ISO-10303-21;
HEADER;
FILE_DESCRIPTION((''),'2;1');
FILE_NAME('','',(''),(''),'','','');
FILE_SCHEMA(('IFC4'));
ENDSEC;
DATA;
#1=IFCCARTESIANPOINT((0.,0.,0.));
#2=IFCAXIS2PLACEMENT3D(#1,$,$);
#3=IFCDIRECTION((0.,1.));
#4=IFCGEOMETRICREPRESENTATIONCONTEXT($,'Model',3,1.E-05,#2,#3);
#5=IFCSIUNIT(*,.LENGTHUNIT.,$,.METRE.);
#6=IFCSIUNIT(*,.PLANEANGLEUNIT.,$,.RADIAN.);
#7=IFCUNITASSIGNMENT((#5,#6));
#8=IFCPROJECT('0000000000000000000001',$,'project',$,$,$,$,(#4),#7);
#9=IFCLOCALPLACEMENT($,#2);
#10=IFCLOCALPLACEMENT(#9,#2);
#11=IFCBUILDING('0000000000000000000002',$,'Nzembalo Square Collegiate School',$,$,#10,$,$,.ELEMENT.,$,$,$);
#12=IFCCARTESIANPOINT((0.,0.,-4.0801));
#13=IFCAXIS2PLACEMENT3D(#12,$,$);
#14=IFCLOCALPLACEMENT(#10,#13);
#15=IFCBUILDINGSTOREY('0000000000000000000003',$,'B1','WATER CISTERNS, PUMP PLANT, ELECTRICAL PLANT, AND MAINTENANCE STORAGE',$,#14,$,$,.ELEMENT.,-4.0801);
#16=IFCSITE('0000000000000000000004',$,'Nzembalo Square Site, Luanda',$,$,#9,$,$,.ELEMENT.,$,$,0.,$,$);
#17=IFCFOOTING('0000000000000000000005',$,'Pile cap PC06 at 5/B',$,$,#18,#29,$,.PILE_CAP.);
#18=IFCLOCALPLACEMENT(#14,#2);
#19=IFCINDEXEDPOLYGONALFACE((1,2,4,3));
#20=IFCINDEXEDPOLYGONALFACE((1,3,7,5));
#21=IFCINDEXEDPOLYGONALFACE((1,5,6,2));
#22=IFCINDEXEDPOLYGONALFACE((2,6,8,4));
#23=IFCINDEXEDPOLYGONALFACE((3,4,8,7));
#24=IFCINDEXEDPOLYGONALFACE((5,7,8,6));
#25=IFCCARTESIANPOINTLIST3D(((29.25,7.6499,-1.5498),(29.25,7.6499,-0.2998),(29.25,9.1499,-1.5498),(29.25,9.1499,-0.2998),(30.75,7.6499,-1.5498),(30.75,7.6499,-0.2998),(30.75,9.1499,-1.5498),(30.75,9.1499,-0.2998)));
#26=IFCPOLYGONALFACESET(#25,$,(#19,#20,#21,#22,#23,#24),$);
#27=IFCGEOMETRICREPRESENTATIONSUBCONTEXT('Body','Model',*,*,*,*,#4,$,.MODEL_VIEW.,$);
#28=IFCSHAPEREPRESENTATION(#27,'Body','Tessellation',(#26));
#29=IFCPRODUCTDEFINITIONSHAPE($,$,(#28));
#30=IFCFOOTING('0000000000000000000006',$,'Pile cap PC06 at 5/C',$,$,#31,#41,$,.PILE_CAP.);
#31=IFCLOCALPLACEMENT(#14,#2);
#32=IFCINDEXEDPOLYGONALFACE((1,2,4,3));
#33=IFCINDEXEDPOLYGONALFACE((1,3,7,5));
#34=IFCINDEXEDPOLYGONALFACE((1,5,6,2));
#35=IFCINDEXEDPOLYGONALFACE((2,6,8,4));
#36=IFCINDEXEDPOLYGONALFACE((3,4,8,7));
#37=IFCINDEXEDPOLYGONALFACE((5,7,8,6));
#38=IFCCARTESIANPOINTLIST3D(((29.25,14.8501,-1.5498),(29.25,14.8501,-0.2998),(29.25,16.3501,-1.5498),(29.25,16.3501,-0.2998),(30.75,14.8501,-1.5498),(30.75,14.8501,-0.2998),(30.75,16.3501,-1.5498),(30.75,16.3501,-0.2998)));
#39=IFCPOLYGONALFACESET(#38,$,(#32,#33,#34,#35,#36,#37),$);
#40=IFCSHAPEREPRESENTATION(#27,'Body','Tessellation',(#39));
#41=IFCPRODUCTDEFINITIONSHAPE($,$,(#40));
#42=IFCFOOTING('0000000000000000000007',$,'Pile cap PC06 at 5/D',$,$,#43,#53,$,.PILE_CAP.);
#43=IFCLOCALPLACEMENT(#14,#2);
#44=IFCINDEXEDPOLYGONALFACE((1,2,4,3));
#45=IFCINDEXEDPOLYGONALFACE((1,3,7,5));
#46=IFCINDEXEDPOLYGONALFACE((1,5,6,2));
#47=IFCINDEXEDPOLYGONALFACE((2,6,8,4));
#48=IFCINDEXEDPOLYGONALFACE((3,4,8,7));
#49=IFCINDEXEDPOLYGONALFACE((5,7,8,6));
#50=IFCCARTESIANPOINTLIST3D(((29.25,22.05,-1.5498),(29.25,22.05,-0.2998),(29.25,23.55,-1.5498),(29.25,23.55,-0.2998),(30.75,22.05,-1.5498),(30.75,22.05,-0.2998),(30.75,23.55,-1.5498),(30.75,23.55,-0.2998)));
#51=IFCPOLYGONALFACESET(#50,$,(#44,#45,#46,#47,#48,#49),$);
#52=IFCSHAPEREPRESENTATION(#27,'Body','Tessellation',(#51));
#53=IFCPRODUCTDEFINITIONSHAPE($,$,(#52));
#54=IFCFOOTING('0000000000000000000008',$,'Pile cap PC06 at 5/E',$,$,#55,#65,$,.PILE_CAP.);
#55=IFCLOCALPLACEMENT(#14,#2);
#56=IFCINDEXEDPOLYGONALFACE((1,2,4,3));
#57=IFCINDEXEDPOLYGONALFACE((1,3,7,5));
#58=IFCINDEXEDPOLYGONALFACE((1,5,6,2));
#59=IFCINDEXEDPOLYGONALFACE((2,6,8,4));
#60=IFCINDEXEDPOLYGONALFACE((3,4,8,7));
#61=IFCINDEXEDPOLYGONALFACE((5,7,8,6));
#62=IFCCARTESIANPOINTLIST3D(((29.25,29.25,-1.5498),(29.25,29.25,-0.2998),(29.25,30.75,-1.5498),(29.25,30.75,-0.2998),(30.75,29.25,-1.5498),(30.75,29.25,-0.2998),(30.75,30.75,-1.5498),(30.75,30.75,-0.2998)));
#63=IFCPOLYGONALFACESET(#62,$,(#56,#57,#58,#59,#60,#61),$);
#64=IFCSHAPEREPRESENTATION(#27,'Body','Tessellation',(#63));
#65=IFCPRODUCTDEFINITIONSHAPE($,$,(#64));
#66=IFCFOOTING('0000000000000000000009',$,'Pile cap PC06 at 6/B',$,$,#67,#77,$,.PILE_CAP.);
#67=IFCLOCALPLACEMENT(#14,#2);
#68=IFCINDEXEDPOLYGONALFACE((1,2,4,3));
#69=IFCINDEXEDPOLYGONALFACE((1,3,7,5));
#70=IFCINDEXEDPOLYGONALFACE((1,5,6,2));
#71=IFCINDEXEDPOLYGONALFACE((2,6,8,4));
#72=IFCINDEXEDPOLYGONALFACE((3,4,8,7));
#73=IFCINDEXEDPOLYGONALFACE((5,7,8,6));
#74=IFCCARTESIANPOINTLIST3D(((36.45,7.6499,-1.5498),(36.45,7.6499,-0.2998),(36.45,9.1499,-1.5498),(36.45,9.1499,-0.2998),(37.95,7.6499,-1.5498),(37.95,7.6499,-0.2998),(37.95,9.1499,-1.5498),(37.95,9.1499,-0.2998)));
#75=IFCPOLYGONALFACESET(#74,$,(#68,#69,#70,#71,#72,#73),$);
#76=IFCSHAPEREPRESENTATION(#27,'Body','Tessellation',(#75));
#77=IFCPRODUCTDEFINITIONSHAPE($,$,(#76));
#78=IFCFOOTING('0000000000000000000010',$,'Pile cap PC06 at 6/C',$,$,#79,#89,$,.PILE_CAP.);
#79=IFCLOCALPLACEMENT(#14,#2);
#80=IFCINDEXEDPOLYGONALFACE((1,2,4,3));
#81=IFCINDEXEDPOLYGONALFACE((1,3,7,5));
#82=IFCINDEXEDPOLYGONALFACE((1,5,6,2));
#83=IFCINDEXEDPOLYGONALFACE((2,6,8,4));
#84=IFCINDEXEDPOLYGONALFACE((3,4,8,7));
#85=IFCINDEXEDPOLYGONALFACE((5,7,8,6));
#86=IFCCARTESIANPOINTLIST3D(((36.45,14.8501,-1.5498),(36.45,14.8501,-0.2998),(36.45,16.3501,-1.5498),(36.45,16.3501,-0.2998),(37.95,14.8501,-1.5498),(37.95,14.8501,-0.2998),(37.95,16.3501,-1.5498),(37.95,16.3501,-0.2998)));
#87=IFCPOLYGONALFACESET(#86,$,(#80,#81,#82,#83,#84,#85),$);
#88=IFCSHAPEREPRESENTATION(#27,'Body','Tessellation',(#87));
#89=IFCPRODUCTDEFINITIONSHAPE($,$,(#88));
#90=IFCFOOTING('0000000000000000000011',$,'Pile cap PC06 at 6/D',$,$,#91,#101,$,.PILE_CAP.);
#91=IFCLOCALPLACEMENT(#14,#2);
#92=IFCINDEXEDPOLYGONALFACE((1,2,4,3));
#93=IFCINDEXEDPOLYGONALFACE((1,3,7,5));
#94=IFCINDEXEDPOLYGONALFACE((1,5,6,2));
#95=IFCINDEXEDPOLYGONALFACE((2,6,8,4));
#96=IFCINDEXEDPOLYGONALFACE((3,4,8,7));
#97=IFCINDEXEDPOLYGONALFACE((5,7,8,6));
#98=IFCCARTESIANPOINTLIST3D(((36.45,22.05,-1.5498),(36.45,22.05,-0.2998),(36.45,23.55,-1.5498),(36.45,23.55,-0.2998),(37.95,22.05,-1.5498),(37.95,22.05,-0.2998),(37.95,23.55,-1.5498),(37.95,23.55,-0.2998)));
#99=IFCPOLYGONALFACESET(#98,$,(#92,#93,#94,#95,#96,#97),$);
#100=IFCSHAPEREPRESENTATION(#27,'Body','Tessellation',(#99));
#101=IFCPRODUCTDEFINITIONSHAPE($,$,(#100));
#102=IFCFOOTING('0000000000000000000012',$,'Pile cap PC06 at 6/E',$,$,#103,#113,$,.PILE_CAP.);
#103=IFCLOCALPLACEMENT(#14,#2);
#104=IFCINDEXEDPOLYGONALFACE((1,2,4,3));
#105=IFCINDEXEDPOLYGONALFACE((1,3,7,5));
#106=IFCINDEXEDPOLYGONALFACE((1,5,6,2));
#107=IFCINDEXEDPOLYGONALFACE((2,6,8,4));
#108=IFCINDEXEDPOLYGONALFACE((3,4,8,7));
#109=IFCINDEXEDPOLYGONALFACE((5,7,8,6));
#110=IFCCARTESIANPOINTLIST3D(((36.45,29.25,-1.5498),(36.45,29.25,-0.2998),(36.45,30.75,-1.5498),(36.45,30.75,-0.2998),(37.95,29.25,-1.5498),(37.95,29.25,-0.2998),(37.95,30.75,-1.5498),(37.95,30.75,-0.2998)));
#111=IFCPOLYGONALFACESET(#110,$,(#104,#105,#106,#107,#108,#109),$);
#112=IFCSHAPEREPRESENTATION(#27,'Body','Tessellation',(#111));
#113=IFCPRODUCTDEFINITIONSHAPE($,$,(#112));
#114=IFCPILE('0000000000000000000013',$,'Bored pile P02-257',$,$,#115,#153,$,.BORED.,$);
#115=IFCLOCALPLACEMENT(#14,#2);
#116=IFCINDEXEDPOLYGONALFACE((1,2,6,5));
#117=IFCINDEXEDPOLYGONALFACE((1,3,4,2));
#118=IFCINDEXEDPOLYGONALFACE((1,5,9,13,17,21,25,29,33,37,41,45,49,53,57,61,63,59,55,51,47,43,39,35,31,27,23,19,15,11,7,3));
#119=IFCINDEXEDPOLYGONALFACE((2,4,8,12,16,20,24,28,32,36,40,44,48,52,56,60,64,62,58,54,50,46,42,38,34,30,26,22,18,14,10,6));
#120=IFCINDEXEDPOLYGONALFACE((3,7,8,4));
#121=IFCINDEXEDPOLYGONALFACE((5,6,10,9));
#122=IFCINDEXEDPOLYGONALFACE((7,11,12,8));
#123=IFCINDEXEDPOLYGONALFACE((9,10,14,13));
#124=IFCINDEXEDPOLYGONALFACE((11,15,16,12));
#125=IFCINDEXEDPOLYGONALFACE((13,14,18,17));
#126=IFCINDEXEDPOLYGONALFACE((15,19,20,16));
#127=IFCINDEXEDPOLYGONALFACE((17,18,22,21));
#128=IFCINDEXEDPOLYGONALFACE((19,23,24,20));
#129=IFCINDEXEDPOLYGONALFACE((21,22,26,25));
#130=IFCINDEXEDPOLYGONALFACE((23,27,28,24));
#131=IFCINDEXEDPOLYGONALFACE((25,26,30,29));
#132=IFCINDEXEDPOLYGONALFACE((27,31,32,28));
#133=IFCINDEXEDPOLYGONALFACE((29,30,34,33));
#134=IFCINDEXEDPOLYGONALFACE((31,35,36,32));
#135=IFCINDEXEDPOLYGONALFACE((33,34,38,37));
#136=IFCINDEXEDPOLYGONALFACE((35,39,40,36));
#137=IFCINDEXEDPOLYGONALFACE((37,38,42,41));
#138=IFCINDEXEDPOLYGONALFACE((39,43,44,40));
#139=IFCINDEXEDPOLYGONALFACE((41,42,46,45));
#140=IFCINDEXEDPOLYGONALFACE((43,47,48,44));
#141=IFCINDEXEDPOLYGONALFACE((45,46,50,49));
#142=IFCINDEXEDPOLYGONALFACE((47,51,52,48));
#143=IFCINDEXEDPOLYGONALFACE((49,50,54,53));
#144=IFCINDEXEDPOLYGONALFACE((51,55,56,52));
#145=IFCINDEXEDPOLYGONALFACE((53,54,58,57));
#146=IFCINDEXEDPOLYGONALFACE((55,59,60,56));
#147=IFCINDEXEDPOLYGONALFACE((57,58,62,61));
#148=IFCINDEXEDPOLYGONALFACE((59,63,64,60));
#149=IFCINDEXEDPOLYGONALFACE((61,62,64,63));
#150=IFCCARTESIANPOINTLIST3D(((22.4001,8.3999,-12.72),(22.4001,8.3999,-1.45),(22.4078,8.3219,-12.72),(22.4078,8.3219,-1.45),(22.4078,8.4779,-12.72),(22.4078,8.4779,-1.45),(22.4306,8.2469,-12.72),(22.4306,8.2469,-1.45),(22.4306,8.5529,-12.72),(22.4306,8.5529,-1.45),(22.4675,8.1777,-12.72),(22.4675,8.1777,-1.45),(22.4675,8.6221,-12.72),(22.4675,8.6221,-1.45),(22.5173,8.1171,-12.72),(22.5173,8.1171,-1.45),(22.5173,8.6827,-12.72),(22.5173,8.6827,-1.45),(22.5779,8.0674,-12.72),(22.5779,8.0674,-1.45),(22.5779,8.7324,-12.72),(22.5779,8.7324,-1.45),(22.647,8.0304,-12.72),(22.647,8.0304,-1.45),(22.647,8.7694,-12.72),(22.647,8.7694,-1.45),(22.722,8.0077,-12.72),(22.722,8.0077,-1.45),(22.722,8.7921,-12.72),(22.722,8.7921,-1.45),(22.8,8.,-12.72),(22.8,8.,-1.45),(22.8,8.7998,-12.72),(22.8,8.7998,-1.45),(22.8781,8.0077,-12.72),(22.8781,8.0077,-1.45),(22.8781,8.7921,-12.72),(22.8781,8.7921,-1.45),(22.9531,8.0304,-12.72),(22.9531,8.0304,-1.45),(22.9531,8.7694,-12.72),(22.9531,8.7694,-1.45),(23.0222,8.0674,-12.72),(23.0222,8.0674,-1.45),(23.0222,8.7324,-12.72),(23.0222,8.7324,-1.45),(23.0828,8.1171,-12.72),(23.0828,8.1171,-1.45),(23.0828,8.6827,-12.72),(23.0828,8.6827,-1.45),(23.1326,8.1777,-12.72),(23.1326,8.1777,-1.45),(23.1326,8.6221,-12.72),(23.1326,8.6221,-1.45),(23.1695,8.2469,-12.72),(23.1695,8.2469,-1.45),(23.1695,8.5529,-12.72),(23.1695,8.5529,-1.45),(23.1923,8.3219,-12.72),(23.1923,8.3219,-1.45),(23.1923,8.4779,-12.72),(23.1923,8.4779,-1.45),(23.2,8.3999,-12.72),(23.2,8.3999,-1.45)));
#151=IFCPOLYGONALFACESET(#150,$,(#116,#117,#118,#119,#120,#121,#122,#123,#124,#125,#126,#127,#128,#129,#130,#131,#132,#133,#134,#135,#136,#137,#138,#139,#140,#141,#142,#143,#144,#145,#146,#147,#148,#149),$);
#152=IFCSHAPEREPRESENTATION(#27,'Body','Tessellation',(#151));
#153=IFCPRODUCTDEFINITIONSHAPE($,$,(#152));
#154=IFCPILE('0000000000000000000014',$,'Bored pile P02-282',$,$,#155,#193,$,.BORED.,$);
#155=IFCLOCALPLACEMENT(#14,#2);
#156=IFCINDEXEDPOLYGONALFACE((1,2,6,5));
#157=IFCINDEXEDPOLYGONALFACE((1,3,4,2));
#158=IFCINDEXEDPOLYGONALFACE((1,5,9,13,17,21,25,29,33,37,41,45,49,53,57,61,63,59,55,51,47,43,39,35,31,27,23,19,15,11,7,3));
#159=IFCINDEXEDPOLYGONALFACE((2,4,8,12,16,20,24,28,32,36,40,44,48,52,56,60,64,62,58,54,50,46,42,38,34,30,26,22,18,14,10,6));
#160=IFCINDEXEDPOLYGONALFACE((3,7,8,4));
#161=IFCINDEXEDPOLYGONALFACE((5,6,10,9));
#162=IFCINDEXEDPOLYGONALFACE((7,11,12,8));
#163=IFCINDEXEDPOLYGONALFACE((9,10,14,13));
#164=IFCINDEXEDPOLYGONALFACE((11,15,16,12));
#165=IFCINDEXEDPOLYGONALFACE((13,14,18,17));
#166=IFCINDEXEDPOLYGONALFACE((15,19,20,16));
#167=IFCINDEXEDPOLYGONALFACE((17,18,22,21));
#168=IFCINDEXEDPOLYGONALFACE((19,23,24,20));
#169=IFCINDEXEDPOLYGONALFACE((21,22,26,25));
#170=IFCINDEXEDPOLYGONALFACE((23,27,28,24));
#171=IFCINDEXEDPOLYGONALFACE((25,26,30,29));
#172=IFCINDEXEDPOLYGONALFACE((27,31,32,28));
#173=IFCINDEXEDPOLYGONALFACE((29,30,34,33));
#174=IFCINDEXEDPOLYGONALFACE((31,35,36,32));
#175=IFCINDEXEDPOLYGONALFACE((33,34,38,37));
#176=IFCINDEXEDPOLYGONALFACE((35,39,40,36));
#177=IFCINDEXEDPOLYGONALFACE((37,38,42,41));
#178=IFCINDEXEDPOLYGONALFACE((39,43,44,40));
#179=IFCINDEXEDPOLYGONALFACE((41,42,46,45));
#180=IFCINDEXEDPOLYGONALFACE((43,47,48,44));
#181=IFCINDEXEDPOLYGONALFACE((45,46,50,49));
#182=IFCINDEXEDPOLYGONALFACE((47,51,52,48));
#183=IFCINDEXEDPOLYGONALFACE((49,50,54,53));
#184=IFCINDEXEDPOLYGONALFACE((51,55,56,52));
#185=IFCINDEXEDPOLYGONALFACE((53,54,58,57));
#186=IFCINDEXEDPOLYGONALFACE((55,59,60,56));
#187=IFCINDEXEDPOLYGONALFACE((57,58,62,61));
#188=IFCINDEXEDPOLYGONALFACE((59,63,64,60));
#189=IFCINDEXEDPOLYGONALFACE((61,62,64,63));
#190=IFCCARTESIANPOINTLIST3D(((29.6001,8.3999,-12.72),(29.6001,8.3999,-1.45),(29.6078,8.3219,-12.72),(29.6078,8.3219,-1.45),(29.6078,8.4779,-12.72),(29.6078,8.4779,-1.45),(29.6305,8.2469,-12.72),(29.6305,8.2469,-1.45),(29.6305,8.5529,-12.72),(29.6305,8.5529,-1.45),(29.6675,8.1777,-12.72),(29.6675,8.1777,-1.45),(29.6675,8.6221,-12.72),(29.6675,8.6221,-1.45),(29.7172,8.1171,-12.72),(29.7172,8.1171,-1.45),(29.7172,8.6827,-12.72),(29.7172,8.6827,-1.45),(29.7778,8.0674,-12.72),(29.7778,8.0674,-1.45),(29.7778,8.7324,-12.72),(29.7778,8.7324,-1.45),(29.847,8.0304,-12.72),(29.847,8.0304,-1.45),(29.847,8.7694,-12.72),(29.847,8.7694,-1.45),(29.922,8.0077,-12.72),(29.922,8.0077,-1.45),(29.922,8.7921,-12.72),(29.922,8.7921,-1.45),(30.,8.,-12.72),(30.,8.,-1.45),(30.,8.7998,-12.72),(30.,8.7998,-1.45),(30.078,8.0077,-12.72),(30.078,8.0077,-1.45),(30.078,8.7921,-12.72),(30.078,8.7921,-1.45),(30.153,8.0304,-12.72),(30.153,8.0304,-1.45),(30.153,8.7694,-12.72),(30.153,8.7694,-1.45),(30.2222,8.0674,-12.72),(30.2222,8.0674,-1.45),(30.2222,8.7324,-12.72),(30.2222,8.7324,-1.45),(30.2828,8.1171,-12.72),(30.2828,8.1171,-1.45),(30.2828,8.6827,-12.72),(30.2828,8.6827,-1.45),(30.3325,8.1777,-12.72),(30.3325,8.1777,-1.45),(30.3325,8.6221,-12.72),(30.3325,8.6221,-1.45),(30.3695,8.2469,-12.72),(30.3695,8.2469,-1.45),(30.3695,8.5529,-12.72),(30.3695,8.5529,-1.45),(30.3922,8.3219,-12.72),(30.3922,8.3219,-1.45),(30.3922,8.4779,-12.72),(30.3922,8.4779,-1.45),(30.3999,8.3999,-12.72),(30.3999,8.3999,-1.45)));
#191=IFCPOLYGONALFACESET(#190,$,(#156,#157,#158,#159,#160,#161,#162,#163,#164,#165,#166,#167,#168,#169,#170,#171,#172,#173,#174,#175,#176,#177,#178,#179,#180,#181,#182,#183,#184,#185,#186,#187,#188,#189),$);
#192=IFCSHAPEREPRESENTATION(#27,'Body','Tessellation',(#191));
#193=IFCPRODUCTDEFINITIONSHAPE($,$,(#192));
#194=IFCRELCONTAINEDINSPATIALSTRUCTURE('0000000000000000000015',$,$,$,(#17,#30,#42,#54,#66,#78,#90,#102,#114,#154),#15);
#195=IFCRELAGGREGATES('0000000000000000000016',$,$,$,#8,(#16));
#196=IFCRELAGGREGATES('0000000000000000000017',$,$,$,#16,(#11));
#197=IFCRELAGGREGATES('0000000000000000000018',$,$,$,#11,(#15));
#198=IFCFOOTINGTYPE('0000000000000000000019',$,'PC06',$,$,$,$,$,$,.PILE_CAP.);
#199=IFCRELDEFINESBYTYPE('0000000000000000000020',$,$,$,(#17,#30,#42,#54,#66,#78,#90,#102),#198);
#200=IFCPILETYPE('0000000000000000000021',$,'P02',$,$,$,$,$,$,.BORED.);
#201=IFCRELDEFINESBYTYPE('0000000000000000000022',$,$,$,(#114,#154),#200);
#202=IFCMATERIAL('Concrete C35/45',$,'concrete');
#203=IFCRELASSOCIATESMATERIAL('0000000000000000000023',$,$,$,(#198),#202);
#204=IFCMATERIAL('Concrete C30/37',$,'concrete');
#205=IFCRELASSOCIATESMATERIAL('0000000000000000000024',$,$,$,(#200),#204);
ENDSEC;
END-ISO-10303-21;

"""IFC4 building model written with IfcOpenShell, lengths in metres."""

from ifc_helpers import new_model, si_unit, direction, frame, origin, origin_2d, place, context, subcontext, project, spatial, rectangle, circle, extrude, material, material_profile, profile_set, type_object, element, save


model = new_model("IFC4")

# Units and contexts
model_context = context("Model", 3, precision=1e-05, world=origin(), true_north=direction((0.0, 1.0)))
body_context = subcontext(model_context, "Body", "Model", "MODEL_VIEW")
ifc_project = project(units=[si_unit("LENGTHUNIT", "METRE"), si_unit("PLANEANGLEUNIT", "RADIAN")], contexts=[model_context])

# Site, building, storey
site_placement = place(None, origin())
site = spatial("IfcSite", under=ifc_project, at=site_placement, Name="Nzembalo Square Site, Luanda", CompositionType="ELEMENT", RefElevation=0.0)
building_placement = place(site_placement, origin())
building = spatial("IfcBuilding", under=site, at=building_placement, Name="Nzembalo Square Collegiate School", CompositionType="ELEMENT")
storey_placement = place(building_placement, frame((0.0, 0.0, -4.0801)))
storey = spatial("IfcBuildingStorey", under=building, at=storey_placement, Name="B1", Description="WATER CISTERNS, PUMP PLANT, ELECTRICAL PLANT, AND MAINTENANCE STORAGE", CompositionType="ELEMENT", Elevation=-4.0801)

# Footings
ifc_material_1 = material(Name="Concrete C35/45", Category="concrete")
footing_type = type_object("IfcFootingType", Name="PC06", PredefinedType="PILE_CAP", material=ifc_material_1)
for number, where, z_axis, x_axis, name in (
    (1, (30.0, 8.3999, -1.5498), (0.0, 0.0, 1.0), (1.0, 0.0, 0.0), "Pile cap PC06 at 5/B"),
    (2, (30.0, 15.6001, -1.5498), (0.0, 0.0, 1.0), (1.0, 0.0, 0.0), "Pile cap PC06 at 5/C"),
    (3, (30.0, 22.8, -1.5498), (0.0, 0.0, 1.0), (1.0, 0.0, 0.0), "Pile cap PC06 at 5/D"),
    (4, (30.0, 30.0, -1.5498), (0.0, 0.0, 1.0), (1.0, 0.0, 0.0), "Pile cap PC06 at 5/E"),
    (5, (37.2, 8.3999, -1.5498), (0.0, 0.0, 1.0), (1.0, 0.0, 0.0), "Pile cap PC06 at 6/B"),
    (6, (37.2, 15.6001, -1.5498), (0.0, 0.0, 1.0), (1.0, 0.0, 0.0), "Pile cap PC06 at 6/C"),
    (7, (37.2, 22.8, -1.5498), (0.0, 0.0, 1.0), (1.0, 0.0, 0.0), "Pile cap PC06 at 6/D"),
    (8, (37.2, 30.0, -1.5498), (0.0, 0.0, 1.0), (1.0, 0.0, 0.0), "Pile cap PC06 at 6/E"),
):
    element("IfcFooting", number, at=place(storey_placement, frame(where, z_axis=z_axis, x_axis=x_axis)), inside=storey, type_object=footing_type, Name=name, PredefinedType="PILE_CAP", context=body_context, shape_type="SweptSolid", body=[
        extrude(rectangle(XDim=1.5, YDim=1.5, at=origin_2d()), origin(), (0.0, 0.0, 1.0), 1.25),
    ])

# Piles
ifc_material_2 = material(Name="Concrete C30/37", Category="concrete")
ifc_material_profile_1 = material_profile(ifc_material_2, circle(Radius=0.3999, at=origin_2d()), Name="PILE D800")
ifc_profile_set_1 = profile_set([ifc_material_profile_1], Name="Concrete C30/37")
pile_type = type_object("IfcPileType", Name="P02", PredefinedType="BORED", material=ifc_profile_set_1)
for number, where, z_axis, x_axis, name in (
    (9, (22.8, 8.3999, -1.45), (0.0, 0.0, -1.0), (1.0, 0.0, 0.0), "Bored pile P02-257"),
    (10, (30.0, 8.3999, -1.45), (0.0, 0.0, -1.0), (1.0, 0.0, 0.0), "Bored pile P02-282"),
):
    element("IfcPile", number, at=place(storey_placement, frame(where, z_axis=z_axis, x_axis=x_axis)), inside=storey, type_object=pile_type, Name=name, PredefinedType="BORED", context=body_context, shape_type="SweptSolid", body=[
        extrude(circle(Radius=0.3999, at=origin_2d()), origin(), (0.0, 0.0, 1.0), 11.27),
    ])

save(model, "model.ifc")
